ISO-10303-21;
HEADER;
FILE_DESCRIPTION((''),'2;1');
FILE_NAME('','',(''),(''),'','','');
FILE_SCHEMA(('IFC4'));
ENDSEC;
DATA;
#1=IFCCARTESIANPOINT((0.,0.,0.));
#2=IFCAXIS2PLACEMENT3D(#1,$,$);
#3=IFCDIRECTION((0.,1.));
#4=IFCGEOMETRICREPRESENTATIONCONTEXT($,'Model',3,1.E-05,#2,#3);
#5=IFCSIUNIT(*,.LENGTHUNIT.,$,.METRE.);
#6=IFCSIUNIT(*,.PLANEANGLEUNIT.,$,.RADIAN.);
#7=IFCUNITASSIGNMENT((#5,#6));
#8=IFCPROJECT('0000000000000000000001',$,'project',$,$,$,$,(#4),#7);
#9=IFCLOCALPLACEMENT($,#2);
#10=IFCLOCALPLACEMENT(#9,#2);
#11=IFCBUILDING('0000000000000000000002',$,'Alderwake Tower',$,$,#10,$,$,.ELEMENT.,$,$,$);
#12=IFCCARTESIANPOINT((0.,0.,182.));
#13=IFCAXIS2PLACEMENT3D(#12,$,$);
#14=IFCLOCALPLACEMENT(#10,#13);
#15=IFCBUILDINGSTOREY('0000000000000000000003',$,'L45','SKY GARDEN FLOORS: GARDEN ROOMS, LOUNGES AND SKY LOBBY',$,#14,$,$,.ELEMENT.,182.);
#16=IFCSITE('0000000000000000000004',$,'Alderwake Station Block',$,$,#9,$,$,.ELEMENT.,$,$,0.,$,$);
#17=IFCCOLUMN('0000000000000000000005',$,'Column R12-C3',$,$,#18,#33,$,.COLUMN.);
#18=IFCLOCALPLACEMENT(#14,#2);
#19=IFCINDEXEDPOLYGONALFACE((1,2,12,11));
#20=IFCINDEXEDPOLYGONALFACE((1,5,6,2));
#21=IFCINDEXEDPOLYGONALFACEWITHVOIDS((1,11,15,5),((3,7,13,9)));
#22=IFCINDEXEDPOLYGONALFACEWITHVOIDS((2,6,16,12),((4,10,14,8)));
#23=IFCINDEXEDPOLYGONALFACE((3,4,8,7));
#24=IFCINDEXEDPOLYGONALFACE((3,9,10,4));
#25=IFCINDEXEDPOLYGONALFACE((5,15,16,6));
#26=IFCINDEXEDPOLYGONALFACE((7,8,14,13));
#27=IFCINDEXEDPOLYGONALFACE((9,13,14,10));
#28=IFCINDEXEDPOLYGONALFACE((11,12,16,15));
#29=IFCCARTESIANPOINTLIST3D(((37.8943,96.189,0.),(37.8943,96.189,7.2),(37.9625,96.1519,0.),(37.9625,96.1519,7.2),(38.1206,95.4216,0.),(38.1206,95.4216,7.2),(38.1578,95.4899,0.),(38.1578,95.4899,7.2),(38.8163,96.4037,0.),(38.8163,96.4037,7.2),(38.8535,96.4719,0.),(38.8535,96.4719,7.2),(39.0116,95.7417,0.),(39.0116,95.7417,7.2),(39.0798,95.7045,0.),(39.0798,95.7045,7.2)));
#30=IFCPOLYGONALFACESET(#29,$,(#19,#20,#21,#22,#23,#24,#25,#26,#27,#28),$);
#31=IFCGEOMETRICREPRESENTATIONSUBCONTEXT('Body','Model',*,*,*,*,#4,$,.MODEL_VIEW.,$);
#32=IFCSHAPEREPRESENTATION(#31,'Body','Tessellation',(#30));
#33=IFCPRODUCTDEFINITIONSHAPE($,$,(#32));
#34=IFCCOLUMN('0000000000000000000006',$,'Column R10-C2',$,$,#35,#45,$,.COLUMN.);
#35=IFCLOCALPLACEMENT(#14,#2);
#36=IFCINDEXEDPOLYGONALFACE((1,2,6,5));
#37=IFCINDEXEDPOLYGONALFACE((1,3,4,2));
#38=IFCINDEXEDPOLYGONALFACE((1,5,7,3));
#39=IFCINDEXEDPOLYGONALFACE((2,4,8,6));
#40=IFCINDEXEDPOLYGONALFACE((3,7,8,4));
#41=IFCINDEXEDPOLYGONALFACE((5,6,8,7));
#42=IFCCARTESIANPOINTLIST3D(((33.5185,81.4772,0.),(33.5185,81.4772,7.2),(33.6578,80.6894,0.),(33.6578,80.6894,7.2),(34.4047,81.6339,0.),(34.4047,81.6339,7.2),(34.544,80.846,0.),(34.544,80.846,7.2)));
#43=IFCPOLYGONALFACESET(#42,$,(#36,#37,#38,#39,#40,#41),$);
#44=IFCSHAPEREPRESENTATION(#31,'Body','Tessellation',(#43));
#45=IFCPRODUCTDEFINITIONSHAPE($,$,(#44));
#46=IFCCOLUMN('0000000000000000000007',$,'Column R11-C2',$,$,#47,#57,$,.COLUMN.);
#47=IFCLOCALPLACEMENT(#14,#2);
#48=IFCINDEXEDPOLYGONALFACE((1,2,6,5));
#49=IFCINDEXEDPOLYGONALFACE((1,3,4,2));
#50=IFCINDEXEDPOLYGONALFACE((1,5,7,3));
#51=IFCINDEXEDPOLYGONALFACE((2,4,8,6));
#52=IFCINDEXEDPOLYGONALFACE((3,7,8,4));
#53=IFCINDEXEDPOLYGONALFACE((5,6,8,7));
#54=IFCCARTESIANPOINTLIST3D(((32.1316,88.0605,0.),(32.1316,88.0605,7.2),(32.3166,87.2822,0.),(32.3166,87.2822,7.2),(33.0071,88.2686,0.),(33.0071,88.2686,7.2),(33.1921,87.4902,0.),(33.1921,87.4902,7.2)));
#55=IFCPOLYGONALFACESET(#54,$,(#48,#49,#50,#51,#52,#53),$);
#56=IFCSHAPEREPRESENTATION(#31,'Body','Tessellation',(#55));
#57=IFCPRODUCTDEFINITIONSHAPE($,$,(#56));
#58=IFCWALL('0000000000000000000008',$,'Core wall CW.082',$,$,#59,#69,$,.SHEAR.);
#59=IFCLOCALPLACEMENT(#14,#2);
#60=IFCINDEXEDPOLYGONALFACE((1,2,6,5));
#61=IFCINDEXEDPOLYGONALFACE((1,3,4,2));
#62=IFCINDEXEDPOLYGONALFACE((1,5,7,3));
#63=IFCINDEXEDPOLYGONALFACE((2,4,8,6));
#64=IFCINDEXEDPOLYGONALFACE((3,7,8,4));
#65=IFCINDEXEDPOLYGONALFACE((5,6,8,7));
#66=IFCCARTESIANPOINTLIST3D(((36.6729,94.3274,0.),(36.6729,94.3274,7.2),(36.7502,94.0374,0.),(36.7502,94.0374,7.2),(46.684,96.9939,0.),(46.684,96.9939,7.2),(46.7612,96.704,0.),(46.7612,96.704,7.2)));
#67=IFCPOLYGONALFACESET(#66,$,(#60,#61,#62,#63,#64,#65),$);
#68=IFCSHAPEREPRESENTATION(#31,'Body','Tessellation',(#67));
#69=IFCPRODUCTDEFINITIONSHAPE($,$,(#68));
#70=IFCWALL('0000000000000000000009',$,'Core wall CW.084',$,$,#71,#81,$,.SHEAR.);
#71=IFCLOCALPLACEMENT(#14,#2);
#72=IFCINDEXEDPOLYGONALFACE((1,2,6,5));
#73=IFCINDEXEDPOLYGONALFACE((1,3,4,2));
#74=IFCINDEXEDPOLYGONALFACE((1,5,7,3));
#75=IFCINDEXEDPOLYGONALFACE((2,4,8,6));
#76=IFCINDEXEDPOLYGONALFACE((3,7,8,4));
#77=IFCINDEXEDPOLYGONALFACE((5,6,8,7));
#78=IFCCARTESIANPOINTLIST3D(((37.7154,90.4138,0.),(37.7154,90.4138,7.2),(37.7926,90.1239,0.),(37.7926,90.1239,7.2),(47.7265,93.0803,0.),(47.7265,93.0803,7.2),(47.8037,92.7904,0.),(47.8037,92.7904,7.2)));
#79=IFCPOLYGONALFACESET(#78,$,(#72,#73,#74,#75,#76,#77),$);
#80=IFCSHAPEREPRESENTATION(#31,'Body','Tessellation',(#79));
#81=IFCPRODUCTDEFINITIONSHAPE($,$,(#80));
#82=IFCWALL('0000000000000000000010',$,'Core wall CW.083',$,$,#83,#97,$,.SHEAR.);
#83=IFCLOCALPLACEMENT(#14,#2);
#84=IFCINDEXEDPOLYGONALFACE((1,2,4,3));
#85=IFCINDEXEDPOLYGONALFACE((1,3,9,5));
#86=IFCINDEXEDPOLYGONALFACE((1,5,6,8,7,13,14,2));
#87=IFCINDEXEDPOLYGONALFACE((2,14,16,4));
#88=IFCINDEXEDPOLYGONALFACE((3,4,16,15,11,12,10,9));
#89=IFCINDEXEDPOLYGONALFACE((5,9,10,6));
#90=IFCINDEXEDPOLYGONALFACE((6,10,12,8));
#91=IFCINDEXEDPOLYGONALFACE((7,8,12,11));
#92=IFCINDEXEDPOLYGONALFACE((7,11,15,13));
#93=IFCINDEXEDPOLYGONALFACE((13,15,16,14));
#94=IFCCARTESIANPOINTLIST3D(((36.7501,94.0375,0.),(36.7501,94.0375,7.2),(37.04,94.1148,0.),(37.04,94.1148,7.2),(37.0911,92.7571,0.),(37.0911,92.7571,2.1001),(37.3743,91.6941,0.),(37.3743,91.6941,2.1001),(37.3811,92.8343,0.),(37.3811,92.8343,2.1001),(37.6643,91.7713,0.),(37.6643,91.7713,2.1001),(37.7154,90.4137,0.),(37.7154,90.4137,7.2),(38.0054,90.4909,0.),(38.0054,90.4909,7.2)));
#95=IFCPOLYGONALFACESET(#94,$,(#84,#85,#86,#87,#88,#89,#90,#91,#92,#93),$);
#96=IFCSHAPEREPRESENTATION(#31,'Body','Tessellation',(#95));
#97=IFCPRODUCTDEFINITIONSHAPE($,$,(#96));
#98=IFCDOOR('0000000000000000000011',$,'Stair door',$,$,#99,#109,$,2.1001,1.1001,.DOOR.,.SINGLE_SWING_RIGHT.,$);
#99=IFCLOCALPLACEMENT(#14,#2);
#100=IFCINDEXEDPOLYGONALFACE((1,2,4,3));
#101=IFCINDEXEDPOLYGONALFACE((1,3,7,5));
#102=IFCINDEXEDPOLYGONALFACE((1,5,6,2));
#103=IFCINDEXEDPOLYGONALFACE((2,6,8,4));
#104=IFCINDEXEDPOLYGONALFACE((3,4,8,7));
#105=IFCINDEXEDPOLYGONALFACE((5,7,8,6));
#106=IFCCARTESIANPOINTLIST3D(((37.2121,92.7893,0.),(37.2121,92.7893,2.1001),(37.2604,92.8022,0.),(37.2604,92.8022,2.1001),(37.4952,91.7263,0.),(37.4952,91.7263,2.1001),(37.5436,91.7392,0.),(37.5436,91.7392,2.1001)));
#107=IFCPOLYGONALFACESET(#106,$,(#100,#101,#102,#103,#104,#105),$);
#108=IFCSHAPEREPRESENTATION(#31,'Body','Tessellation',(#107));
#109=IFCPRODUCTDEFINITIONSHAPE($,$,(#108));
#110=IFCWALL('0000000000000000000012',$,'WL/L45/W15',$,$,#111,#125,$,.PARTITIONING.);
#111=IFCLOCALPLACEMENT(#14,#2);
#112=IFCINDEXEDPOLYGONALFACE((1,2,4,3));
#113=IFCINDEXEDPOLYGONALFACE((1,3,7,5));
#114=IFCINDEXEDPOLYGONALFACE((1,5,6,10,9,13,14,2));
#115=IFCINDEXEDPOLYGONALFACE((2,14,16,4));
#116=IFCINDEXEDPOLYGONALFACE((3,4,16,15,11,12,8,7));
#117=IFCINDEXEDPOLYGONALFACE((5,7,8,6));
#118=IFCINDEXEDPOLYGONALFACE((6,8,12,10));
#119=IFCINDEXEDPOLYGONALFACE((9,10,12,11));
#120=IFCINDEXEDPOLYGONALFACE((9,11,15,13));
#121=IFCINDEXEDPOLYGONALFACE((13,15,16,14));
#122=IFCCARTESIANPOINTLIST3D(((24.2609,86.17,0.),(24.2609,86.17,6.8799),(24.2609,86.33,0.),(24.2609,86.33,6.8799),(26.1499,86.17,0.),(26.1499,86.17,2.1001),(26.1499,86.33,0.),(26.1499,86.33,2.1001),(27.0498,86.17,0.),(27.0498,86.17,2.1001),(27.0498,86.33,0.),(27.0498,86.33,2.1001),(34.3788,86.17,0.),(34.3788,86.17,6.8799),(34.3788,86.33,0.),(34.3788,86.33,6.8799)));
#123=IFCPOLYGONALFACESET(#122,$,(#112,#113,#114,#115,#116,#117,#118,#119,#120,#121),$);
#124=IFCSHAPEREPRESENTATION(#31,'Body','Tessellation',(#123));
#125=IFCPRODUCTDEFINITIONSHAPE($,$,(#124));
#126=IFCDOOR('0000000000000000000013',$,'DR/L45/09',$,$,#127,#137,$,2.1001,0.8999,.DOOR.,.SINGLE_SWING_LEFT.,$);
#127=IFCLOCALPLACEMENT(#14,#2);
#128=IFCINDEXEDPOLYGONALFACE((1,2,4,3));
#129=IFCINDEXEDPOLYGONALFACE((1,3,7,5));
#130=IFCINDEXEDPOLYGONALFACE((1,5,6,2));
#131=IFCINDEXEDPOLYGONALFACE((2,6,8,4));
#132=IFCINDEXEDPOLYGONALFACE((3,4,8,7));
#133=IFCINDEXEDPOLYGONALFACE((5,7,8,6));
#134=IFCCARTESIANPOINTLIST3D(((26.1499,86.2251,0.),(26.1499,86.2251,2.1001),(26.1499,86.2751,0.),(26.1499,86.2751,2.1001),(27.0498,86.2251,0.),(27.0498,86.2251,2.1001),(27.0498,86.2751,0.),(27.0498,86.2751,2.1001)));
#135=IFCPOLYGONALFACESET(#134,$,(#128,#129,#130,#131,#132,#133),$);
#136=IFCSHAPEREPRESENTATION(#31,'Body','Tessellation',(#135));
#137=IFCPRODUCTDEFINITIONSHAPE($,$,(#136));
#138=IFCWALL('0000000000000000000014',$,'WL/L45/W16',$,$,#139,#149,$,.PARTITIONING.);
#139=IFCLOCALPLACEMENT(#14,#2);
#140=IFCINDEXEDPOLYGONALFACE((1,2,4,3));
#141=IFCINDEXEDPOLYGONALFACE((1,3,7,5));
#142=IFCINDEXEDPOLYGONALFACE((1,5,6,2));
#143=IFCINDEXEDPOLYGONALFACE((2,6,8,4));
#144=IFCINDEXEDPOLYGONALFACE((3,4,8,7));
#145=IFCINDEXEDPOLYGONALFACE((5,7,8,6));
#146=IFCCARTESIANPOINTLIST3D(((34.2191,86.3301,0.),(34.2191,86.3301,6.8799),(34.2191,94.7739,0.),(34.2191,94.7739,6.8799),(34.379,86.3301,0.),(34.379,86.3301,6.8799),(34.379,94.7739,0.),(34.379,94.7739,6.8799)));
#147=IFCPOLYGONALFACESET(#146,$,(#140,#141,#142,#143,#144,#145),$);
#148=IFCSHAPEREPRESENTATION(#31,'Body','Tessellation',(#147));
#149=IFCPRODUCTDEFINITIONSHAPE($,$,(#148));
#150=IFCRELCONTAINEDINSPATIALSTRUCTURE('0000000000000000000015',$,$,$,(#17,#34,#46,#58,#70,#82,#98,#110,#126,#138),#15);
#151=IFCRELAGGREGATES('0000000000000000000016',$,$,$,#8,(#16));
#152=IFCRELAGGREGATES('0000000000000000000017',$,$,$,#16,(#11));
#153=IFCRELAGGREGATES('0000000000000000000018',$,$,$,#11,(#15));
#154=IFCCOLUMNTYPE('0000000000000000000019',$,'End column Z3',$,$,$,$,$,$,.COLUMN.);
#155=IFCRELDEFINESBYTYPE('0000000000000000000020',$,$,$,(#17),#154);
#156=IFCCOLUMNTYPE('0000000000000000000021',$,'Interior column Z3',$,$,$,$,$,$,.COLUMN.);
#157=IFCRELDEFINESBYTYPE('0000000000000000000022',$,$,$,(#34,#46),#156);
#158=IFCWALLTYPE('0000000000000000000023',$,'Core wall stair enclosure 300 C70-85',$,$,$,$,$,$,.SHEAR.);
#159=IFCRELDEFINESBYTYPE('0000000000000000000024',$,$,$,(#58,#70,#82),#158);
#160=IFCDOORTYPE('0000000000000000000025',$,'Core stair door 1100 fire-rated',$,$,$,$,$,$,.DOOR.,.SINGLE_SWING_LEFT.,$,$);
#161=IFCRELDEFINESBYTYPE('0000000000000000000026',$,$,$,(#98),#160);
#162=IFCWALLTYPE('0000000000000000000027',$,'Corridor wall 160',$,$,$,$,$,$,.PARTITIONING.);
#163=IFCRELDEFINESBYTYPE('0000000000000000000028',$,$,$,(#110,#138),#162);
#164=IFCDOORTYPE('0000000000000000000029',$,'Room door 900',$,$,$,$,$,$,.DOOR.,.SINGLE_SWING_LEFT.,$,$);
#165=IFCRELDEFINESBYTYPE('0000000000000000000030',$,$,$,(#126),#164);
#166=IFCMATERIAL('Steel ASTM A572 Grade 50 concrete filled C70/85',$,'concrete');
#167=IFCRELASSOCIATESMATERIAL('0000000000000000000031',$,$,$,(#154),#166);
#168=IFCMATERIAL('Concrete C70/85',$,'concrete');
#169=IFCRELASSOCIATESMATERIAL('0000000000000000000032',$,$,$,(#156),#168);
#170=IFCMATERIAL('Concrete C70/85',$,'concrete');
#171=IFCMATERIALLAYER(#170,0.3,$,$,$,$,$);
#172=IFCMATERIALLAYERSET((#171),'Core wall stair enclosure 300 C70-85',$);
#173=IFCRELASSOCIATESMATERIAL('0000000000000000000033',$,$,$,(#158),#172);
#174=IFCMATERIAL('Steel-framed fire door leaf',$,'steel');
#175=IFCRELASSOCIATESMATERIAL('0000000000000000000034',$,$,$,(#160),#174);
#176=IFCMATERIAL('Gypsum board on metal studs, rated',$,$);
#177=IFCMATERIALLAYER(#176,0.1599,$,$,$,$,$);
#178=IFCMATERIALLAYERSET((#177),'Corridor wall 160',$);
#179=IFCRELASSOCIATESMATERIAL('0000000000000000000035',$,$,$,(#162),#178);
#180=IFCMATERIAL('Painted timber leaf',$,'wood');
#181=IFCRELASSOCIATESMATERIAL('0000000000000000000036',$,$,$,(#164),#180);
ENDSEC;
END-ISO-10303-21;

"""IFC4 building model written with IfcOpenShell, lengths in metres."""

from ifc_helpers import new_model, si_unit, direction, frame, frame_2d, origin, origin_2d, place, context, subcontext, project, spatial, rectangle, hollow_rectangle, extrude, material, layer, layer_set, material_profile, profile_set, type_object, element, fill, save


model = new_model("IFC4")

# Units and contexts
model_context = context("Model", 3, precision=1e-05, world=origin(), true_north=direction((0.0, 1.0)))
body_context = subcontext(model_context, "Body", "Model", "MODEL_VIEW")
ifc_project = project(units=[si_unit("LENGTHUNIT", "METRE"), si_unit("PLANEANGLEUNIT", "RADIAN")], contexts=[model_context])

# Site, building, storey
site_placement = place(None, origin())
site = spatial("IfcSite", under=ifc_project, at=site_placement, Name="Alderwake Station Block", CompositionType="ELEMENT", RefElevation=0.0)
building_placement = place(site_placement, origin())
building = spatial("IfcBuilding", under=site, at=building_placement, Name="Alderwake Tower", CompositionType="ELEMENT")
storey_placement = place(building_placement, frame((0.0, 0.0, 182.0)))
storey = spatial("IfcBuildingStorey", under=building, at=storey_placement, Name="L45", Description="SKY GARDEN FLOORS: GARDEN ROOMS, LOUNGES AND SKY LOBBY", CompositionType="ELEMENT", Elevation=182.0)

# Columns
ifc_material_1 = material(Name="Steel ASTM A572 Grade 50 concrete filled C70/85", Category="concrete")
ifc_material_profile_1 = material_profile(ifc_material_1, hollow_rectangle(XDim=0.8, YDim=1.0, WallThickness=0.0549, at=origin_2d()), Name="BOX 1000X800X55")
ifc_profile_set_1 = profile_set([ifc_material_profile_1], Name="Steel ASTM A572 Grade 50 concrete filled C70/85")
column_type_1 = type_object("IfcColumnType", Name="End column Z3", PredefinedType="COLUMN", material=ifc_profile_set_1)
column_placement = place(storey_placement, frame((38.4871, 95.9468, 0.0), z_axis=(0.0, 0.0, 1.0), x_axis=(-0.282894, 0.959151, 0.0)))
element("IfcColumn", 1, at=column_placement, inside=storey, type_object=column_type_1, Name="Column R12-C3", PredefinedType="COLUMN", context=body_context, shape_type="SweptSolid", body=[
    extrude(hollow_rectangle(XDim=0.8, YDim=1.0, WallThickness=0.0549, at=origin_2d()), origin(), (0.0, 0.0, 1.0), 7.2),
])
ifc_material_2 = material(Name="Concrete C70/85", Category="concrete")
ifc_material_profile_2 = material_profile(ifc_material_2, rectangle(XDim=0.8, YDim=0.8999, at=origin_2d()), Name="RC 900X800")
ifc_profile_set_2 = profile_set([ifc_material_profile_2], Name="Concrete C70/85")
column_type_2 = type_object("IfcColumnType", Name="Interior column Z3", PredefinedType="COLUMN", material=ifc_profile_set_2)
for number, where, z_axis, x_axis, name in (
    (2, (34.0312, 81.1616, 0.0), (0.0, 0.0, 1.0), (-0.174109, 0.984726, 0.0), "Column R10-C2"),
    (3, (32.6619, 87.7754, 0.0), (0.0, 0.0, 1.0), (-0.231222, 0.972901, 0.0), "Column R11-C2"),
):
    element("IfcColumn", number, at=place(storey_placement, frame(where, z_axis=z_axis, x_axis=x_axis)), inside=storey, type_object=column_type_2, Name=name, PredefinedType="COLUMN", context=body_context, shape_type="SweptSolid", body=[
        extrude(rectangle(XDim=0.8, YDim=0.8999, at=origin_2d()), origin(), (0.0, 0.0, 1.0), 7.2),
    ])

# Walls
ifc_material_3 = material(Name="Concrete C70/85", Category="concrete")
ifc_layer_1 = layer(ifc_material_3, 0.3)
ifc_layer_set_1 = layer_set([ifc_layer_1], Name="Core wall stair enclosure 300 C70-85")
wall_type_1 = type_object("IfcWallType", Name="Core wall stair enclosure 300 C70-85", PredefinedType="SHEAR", material=ifc_layer_set_1)
for number, where, z_axis, x_axis, name in (
    (4, (36.7114, 94.1824, 0.0), (0.0, 0.0, 1.0), (0.966309, 0.257384, 0.0), "Core wall CW.082"),
    (5, (37.7539, 90.2688, 0.0), (0.0, 0.0, 1.0), (0.966309, 0.257384, 0.0), "Core wall CW.084"),
):
    element("IfcWall", number, at=place(storey_placement, frame(where, z_axis=z_axis, x_axis=x_axis)), inside=storey, type_object=wall_type_1, Name=name, PredefinedType="SHEAR", context=body_context, shape_type="SweptSolid", body=[
        extrude(rectangle(XDim=10.3601, YDim=0.3, at=frame_2d((5.1802, 0.0))), origin(), (0.0, 0.0, 1.0), 7.2),
    ])

# Walls, openings, doors
wall_1_placement = place(storey_placement, frame((37.8604, 90.4524, 0.0), z_axis=(0.0, 0.0, 1.0), x_axis=(-0.257411, 0.966302, 0.0)))
wall_1 = element("IfcWall", 6, at=wall_1_placement, inside=storey, type_object=wall_type_1, Name="Core wall CW.083", PredefinedType="SHEAR", context=body_context, shape_type="SweptSolid", body=[
    extrude(rectangle(XDim=3.7502, YDim=0.3, at=frame_2d((1.875, 0.0))), origin(), (0.0, 0.0, 1.0), 7.2),
])
opening_1_placement = place(wall_1_placement, frame((1.325, 0.0, 0.0)))
opening_1 = element("IfcOpeningElement", 7, at=opening_1_placement, cuts=wall_1, PredefinedType="OPENING", context=body_context, shape_type="SweptSolid", body=[
    extrude(rectangle(XDim=1.1001, YDim=2.1001, at=frame_2d((0.55, 1.05))), frame((0.0, 0.1599, 0.0), z_axis=(0.0, -1.0, 0.0), x_axis=(1.0, 0.0, 0.0)), (0.0, 0.0, 1.0), 0.3201),
])
ifc_material_4 = material(Name="Steel-framed fire door leaf", Category="steel")
door_type_1 = type_object("IfcDoorType", Name="Core stair door 1100 fire-rated", OperationType="SINGLE_SWING_LEFT", PredefinedType="DOOR", material=ifc_material_4)
door_1_placement = place(opening_1_placement, origin())
door_1 = element("IfcDoor", 8, at=door_1_placement, inside=storey, type_object=door_type_1, Name="Stair door", OperationType="SINGLE_SWING_RIGHT", OverallHeight=2.1001, OverallWidth=1.1001, PredefinedType="DOOR", context=body_context, shape_type="SweptSolid", body=[
    extrude(rectangle(XDim=1.1001, YDim=2.1001, at=frame_2d((0.55, 1.05))), frame((0.0, 0.0249, 0.0), z_axis=(0.0, -1.0, 0.0), x_axis=(1.0, 0.0, 0.0)), (0.0, 0.0, 1.0), 0.05),
])
fill(opening_1, door_1)
ifc_material_5 = material(Name="Gypsum board on metal studs, rated")
ifc_layer_2 = layer(ifc_material_5, 0.1599)
ifc_layer_set_2 = layer_set([ifc_layer_2], Name="Corridor wall 160")
wall_type_2 = type_object("IfcWallType", Name="Corridor wall 160", PredefinedType="PARTITIONING", material=ifc_layer_set_2)
wall_2_placement = place(storey_placement, frame((34.3789, 86.25, 0.0), z_axis=(0.0, 0.0, 1.0), x_axis=(-1.0, 0.0, 0.0)))
wall_2 = element("IfcWall", 9, at=wall_2_placement, inside=storey, type_object=wall_type_2, Name="WL/L45/W15", PredefinedType="PARTITIONING", context=body_context, shape_type="SweptSolid", body=[
    extrude(rectangle(XDim=10.1179, YDim=0.1599, at=frame_2d((5.0591, 0.0))), origin(), (0.0, 0.0, 1.0), 6.8799),
])
opening_2_placement = place(wall_2_placement, frame((7.3291, 0.0, 0.0)))
opening_2 = element("IfcOpeningElement", 10, at=opening_2_placement, cuts=wall_2, PredefinedType="OPENING", context=body_context, shape_type="SweptSolid", body=[
    extrude(rectangle(XDim=0.8999, YDim=2.1001, at=frame_2d((0.45, 1.05))), frame((0.0, 0.0898, 0.0), z_axis=(0.0, -1.0, 0.0), x_axis=(1.0, 0.0, 0.0)), (0.0, 0.0, 1.0), 0.1799),
])
ifc_material_6 = material(Name="Painted timber leaf", Category="wood")
door_type_2 = type_object("IfcDoorType", Name="Room door 900", OperationType="SINGLE_SWING_LEFT", PredefinedType="DOOR", material=ifc_material_6)
door_2_placement = place(opening_2_placement, origin())
door_2 = element("IfcDoor", 11, at=door_2_placement, inside=storey, type_object=door_type_2, Name="DR/L45/09", OperationType="SINGLE_SWING_LEFT", OverallHeight=2.1001, OverallWidth=0.8999, PredefinedType="DOOR", context=body_context, shape_type="SweptSolid", body=[
    extrude(rectangle(XDim=0.8999, YDim=2.1001, at=frame_2d((0.45, 1.05))), frame((0.0, 0.0249, 0.0), z_axis=(0.0, -1.0, 0.0), x_axis=(1.0, 0.0, 0.0)), (0.0, 0.0, 1.0), 0.05),
])
fill(opening_2, door_2)

# Wall
wall_3_placement = place(storey_placement, frame((34.2991, 94.7739, 0.0), z_axis=(0.0, 0.0, 1.0), x_axis=(0.0, -1.0, 0.0)))
element("IfcWall", 12, at=wall_3_placement, inside=storey, type_object=wall_type_2, Name="WL/L45/W16", PredefinedType="PARTITIONING", context=body_context, shape_type="SweptSolid", body=[
    extrude(rectangle(XDim=8.4438, YDim=0.1599, at=frame_2d((4.2219, 0.0))), origin(), (0.0, 0.0, 1.0), 6.8799),
])

save(model, "model.ifc")
